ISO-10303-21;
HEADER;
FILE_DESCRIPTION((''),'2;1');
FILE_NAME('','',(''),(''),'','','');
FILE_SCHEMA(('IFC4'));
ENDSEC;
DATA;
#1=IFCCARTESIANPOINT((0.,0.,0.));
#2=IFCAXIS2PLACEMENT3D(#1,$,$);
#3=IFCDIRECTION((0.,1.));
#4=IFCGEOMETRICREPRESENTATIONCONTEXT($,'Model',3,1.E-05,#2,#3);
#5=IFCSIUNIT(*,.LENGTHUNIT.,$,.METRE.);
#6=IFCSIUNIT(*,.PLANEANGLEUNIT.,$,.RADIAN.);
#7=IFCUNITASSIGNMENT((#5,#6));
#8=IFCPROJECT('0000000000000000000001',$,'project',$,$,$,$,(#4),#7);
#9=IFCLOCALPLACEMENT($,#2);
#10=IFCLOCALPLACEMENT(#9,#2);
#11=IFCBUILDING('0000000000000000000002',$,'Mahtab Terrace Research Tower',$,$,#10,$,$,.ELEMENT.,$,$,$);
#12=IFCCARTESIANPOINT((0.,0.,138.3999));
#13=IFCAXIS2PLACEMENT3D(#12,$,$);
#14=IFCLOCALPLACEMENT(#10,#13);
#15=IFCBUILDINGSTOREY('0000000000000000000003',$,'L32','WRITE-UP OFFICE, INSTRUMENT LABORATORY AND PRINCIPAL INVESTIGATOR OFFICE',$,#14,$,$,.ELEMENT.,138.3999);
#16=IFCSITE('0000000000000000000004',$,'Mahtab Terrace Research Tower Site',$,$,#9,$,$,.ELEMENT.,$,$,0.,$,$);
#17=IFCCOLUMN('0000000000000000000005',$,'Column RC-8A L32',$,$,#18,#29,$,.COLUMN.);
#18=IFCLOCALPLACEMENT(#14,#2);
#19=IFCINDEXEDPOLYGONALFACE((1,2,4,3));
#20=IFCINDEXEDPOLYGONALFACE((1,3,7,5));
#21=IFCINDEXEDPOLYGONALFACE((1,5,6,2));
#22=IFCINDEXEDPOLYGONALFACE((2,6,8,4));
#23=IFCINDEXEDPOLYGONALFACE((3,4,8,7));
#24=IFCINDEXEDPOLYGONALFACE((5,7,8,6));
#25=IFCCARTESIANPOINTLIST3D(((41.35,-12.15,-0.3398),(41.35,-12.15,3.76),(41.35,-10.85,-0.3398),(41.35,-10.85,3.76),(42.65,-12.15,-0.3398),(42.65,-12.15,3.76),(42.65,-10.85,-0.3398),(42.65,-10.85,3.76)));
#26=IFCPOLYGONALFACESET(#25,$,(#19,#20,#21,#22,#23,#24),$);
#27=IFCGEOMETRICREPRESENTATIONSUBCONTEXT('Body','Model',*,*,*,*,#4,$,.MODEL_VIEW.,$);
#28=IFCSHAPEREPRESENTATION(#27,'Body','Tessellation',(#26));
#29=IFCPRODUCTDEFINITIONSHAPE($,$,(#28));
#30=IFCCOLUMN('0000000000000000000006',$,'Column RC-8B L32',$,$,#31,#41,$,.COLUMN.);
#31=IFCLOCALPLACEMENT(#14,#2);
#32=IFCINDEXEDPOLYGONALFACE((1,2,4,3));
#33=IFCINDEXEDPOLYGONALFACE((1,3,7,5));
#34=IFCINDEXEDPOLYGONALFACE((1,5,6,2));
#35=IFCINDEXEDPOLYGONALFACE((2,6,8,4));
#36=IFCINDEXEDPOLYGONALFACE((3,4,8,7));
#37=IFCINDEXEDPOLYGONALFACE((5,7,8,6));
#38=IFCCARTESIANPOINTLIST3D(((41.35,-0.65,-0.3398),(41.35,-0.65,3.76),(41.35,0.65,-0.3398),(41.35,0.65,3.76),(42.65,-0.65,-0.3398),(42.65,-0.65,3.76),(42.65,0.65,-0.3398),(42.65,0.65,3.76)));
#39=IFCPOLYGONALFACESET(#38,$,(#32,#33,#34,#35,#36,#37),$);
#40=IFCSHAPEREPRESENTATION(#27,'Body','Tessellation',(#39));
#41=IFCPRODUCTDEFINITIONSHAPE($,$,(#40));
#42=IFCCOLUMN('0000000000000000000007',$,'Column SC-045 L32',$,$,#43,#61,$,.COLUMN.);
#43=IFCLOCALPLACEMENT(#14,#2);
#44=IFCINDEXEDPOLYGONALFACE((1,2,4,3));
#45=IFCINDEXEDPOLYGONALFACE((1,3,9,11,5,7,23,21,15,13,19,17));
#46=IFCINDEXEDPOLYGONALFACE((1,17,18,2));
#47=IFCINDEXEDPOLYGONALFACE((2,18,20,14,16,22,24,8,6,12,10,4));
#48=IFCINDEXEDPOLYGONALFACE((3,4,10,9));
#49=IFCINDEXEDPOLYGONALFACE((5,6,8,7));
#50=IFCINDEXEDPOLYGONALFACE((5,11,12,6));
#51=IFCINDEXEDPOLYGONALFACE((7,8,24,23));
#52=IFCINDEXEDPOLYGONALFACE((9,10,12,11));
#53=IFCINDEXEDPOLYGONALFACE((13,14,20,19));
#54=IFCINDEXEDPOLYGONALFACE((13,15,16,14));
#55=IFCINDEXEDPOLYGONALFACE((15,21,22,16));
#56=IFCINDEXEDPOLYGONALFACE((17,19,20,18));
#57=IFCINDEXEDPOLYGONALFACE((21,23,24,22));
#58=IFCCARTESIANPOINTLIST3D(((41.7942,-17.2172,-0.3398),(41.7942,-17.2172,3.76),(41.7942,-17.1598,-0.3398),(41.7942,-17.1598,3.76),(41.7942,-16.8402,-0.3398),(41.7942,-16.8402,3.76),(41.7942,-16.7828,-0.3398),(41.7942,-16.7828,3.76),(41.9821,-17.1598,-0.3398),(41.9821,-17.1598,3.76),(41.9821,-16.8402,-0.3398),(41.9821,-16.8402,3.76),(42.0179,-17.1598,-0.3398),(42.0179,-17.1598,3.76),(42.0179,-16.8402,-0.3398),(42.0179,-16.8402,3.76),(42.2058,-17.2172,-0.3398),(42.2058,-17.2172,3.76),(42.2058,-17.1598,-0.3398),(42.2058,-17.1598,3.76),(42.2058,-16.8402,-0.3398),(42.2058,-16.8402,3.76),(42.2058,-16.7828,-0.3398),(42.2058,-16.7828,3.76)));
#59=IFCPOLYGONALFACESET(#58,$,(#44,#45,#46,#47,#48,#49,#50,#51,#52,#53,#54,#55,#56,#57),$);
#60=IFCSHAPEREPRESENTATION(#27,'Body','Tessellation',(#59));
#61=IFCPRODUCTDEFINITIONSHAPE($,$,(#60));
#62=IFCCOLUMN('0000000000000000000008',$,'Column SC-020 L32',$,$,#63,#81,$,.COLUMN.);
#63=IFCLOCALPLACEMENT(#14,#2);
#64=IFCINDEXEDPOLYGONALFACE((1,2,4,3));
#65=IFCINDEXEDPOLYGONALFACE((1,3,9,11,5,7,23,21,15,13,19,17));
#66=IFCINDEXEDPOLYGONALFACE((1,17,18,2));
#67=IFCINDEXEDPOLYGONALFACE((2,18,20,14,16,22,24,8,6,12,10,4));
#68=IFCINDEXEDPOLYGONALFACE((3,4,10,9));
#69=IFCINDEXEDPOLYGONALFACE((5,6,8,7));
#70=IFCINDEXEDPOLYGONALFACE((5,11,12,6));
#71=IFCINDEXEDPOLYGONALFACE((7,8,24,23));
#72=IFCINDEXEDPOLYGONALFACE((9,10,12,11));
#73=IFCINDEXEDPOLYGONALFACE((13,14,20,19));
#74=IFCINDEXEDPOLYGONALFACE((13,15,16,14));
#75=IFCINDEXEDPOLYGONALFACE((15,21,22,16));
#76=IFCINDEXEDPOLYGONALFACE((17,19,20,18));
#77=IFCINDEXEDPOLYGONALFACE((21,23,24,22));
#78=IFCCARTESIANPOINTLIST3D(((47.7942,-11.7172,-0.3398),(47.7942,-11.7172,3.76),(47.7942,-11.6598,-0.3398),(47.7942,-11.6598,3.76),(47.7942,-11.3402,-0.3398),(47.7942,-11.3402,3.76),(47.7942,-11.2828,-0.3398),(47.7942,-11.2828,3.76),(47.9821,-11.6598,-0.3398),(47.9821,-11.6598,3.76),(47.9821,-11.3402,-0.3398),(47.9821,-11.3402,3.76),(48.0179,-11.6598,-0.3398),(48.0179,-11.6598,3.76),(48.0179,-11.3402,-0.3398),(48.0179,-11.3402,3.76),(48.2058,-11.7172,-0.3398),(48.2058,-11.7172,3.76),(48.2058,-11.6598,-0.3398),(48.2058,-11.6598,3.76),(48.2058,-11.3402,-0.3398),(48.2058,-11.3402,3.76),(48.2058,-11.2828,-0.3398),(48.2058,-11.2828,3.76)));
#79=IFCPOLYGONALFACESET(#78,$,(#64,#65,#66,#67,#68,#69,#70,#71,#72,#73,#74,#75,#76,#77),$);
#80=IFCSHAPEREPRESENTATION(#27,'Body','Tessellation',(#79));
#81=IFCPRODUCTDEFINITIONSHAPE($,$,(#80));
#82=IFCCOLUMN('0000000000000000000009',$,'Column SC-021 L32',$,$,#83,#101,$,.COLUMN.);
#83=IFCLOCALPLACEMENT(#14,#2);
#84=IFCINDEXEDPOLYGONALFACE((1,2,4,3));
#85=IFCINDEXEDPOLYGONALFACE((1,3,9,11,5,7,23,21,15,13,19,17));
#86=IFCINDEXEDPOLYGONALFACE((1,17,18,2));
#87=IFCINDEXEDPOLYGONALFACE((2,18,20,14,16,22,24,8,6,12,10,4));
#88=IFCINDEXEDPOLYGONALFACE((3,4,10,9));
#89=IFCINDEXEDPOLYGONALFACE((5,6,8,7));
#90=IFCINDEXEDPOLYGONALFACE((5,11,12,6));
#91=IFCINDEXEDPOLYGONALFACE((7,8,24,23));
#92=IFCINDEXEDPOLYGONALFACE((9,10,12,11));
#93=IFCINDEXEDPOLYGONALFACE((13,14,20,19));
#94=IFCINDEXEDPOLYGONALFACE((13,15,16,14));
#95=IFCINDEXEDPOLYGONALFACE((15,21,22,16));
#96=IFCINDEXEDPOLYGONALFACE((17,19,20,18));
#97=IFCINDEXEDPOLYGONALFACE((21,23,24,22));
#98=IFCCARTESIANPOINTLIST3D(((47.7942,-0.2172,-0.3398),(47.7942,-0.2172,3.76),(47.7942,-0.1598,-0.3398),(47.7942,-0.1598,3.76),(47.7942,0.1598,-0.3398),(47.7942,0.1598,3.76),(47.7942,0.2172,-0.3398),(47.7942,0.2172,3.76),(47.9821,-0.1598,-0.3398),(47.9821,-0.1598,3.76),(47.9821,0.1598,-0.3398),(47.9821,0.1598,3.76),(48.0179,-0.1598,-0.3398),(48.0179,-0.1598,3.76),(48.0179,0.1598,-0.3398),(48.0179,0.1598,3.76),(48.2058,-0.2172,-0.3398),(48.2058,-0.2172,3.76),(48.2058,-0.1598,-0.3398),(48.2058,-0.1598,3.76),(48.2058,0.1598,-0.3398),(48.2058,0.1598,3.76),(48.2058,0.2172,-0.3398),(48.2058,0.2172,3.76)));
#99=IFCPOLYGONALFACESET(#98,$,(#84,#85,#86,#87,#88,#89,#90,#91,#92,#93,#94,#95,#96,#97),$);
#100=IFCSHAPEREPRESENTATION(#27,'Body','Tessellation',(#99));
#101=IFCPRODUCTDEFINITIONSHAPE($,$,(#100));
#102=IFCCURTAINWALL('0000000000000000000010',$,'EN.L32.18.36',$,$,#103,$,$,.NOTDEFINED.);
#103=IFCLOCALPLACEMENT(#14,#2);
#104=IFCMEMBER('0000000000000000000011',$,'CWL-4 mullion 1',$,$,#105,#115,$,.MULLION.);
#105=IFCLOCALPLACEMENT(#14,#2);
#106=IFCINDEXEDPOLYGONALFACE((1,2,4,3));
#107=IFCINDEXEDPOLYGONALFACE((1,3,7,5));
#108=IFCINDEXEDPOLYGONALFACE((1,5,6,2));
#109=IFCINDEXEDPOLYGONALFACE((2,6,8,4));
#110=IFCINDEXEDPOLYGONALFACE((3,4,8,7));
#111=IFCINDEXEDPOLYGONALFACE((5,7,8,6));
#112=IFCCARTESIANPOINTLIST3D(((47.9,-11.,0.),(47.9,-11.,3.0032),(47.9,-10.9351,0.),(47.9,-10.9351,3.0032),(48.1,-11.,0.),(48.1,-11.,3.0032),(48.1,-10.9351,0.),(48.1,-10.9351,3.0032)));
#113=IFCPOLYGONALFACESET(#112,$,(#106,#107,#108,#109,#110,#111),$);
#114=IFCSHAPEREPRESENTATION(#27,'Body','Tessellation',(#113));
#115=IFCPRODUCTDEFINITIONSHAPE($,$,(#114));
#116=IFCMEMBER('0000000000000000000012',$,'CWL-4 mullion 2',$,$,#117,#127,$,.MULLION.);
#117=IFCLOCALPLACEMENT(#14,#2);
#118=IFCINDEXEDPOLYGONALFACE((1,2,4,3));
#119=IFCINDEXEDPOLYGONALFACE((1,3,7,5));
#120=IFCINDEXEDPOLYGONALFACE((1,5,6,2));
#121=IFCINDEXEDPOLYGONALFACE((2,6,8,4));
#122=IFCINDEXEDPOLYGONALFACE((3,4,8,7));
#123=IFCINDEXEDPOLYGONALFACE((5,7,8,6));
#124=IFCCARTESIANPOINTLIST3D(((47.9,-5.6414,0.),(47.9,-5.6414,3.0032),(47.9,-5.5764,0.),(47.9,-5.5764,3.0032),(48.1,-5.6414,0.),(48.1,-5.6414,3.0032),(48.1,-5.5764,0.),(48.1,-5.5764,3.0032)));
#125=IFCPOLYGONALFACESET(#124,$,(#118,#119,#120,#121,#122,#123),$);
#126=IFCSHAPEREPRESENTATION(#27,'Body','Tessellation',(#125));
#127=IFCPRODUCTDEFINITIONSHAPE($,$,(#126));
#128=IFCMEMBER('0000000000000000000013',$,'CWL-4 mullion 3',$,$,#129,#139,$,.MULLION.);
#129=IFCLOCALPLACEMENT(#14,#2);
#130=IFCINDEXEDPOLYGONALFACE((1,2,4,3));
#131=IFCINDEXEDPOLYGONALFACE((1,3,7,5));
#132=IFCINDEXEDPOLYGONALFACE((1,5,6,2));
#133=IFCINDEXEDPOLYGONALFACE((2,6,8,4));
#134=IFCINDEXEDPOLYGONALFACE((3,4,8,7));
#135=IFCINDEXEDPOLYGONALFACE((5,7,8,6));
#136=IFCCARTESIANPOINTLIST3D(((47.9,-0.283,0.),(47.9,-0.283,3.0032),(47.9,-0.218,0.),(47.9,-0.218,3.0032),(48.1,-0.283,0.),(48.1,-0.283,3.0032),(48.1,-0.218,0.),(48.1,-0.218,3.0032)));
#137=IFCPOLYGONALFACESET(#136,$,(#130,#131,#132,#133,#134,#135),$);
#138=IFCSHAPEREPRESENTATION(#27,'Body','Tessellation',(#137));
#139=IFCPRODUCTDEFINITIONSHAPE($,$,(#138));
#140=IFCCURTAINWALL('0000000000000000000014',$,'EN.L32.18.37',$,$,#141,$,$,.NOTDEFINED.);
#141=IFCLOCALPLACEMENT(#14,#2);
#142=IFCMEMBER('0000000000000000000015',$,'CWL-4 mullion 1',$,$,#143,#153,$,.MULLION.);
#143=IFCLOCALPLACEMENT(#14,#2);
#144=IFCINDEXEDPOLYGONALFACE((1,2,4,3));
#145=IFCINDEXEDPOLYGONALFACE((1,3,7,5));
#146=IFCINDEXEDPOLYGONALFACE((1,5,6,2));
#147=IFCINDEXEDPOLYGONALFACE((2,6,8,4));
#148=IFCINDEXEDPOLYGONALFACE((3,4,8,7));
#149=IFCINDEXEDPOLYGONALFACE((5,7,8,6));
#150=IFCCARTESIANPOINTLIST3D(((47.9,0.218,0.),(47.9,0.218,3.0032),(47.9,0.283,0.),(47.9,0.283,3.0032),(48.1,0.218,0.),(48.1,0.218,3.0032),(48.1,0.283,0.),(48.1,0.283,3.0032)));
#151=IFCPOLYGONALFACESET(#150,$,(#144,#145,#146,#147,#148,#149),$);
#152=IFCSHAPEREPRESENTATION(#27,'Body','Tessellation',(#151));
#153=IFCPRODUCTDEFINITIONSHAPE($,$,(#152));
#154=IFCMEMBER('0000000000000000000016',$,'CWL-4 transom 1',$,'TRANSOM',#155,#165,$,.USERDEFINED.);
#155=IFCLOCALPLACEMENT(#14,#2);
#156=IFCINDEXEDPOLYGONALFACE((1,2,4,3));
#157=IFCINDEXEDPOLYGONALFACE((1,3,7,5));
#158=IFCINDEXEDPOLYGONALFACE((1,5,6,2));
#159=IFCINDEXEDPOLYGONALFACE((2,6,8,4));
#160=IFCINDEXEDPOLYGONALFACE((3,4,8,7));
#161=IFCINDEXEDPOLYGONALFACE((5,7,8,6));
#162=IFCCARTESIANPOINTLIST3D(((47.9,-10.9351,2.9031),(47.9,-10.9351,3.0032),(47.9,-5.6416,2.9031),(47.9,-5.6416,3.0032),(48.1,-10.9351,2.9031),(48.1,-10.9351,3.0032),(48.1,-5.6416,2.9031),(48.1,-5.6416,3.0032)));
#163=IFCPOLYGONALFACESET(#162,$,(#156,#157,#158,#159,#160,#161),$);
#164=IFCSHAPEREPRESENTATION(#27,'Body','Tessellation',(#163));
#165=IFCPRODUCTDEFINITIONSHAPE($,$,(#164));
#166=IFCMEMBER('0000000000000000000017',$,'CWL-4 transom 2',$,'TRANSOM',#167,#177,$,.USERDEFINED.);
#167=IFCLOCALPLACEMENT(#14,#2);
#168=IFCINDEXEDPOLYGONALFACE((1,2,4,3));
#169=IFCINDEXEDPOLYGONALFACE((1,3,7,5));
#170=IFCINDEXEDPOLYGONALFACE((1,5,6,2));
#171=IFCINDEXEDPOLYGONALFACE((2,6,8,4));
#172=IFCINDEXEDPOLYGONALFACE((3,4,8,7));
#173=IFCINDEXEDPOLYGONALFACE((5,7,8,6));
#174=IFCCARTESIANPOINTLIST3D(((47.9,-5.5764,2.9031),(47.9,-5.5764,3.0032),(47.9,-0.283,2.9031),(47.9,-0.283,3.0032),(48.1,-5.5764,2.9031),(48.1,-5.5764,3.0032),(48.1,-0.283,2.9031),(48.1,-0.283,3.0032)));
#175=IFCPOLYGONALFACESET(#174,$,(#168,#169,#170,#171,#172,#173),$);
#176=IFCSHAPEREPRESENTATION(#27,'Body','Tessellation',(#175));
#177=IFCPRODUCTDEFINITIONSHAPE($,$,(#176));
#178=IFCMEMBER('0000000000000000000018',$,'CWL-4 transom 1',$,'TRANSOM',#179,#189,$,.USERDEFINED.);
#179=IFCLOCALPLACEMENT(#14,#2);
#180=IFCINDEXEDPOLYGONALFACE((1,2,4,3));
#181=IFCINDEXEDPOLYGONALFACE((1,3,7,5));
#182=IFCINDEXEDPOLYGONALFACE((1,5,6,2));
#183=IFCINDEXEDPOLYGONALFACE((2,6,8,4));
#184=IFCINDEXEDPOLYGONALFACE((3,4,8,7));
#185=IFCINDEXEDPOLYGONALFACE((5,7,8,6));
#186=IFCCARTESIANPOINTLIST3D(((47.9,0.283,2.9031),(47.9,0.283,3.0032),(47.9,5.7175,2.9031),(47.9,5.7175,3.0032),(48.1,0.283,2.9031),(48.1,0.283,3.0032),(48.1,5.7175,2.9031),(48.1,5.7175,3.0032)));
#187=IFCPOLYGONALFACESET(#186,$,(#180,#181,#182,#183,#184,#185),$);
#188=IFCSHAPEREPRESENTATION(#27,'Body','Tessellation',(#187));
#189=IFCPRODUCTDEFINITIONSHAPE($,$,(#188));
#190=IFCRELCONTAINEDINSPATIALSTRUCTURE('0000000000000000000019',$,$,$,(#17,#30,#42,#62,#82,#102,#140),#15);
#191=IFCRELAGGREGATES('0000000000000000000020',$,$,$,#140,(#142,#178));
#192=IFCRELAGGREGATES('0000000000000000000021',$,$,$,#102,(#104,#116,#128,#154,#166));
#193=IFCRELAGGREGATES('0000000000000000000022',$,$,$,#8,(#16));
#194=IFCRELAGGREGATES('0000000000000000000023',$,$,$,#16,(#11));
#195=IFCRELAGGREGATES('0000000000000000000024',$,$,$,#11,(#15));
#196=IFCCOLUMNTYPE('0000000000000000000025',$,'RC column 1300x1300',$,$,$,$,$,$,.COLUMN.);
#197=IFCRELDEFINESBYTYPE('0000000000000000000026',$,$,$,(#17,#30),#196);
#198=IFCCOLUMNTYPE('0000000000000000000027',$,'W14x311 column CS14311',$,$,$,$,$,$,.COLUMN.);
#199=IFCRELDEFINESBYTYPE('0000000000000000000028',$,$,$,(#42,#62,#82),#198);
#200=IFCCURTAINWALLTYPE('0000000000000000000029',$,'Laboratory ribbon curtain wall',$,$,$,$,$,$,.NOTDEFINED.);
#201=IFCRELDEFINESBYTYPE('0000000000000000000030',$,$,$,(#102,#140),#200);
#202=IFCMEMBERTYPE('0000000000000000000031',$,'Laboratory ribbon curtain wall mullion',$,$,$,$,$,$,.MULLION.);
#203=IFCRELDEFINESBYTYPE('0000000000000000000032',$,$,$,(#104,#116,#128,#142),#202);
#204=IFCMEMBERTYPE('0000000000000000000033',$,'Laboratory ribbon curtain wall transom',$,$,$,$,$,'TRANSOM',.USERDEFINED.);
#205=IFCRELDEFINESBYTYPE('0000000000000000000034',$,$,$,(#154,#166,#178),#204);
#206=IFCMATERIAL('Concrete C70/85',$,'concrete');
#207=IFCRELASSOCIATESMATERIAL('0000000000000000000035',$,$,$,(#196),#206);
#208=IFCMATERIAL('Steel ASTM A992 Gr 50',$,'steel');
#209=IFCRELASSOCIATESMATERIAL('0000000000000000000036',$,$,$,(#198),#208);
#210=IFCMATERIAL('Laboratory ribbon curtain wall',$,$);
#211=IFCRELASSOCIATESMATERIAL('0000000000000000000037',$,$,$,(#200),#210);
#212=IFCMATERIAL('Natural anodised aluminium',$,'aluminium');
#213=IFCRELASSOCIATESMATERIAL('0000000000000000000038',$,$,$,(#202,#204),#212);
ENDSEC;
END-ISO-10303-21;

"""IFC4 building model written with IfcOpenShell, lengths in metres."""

from ifc_helpers import new_model, si_unit, direction, frame, origin, origin_2d, place, context, subcontext, project, spatial, rectangle, i_section, extrude, material, material_profile, profile_set, type_object, element, aggregate, save


model = new_model("IFC4")

# Units and contexts
model_context = context("Model", 3, precision=1e-05, world=origin(), true_north=direction((0.0, 1.0)))
body_context = subcontext(model_context, "Body", "Model", "MODEL_VIEW")
ifc_project = project(units=[si_unit("LENGTHUNIT", "METRE"), si_unit("PLANEANGLEUNIT", "RADIAN")], contexts=[model_context])

# Site, building, storey
site_placement = place(None, origin())
site = spatial("IfcSite", under=ifc_project, at=site_placement, Name="Mahtab Terrace Research Tower Site", CompositionType="ELEMENT", RefElevation=0.0)
building_placement = place(site_placement, origin())
building = spatial("IfcBuilding", under=site, at=building_placement, Name="Mahtab Terrace Research Tower", CompositionType="ELEMENT")
storey_placement = place(building_placement, frame((0.0, 0.0, 138.3999)))
storey = spatial("IfcBuildingStorey", under=building, at=storey_placement, Name="L32", Description="WRITE-UP OFFICE, INSTRUMENT LABORATORY AND PRINCIPAL INVESTIGATOR OFFICE", CompositionType="ELEMENT", Elevation=138.3999)

# Columns
ifc_material_1 = material(Name="Concrete C70/85", Category="concrete")
ifc_material_profile_1 = material_profile(ifc_material_1, rectangle(XDim=1.3, YDim=1.3, at=origin_2d()), Name="RC column 1300x1300")
ifc_profile_set_1 = profile_set([ifc_material_profile_1], Name="Concrete C70/85")
column_type_1 = type_object("IfcColumnType", Name="RC column 1300x1300", PredefinedType="COLUMN", material=ifc_profile_set_1)
for number, where, z_axis, x_axis, name in (
    (1, (42.0, -11.5, -0.3398), (0.0, 0.0, 1.0), (1.0, 0.0, 0.0), "Column RC-8A L32"),
    (2, (42.0, 0.0, -0.3398), (0.0, 0.0, 1.0), (1.0, 0.0, 0.0), "Column RC-8B L32"),
):
    element("IfcColumn", number, at=place(storey_placement, frame(where, z_axis=z_axis, x_axis=x_axis)), inside=storey, type_object=column_type_1, Name=name, PredefinedType="COLUMN", context=body_context, shape_type="SweptSolid", body=[
        extrude(rectangle(XDim=1.3, YDim=1.3, at=origin_2d()), origin(), (0.0, 0.0, 1.0), 4.0999),
    ])
ifc_material_2 = material(Name="Steel ASTM A992 Gr 50", Category="steel")
ifc_material_profile_2 = material_profile(ifc_material_2, i_section(OverallWidth=0.4116, OverallDepth=0.4343, WebThickness=0.0359, FlangeThickness=0.0574, at=origin_2d()), Name="W14X311")
ifc_profile_set_2 = profile_set([ifc_material_profile_2], Name="Steel ASTM A992 Gr 50")
column_type_2 = type_object("IfcColumnType", Name="W14x311 column CS14311", PredefinedType="COLUMN", material=ifc_profile_set_2)
for number, where, z_axis, x_axis, name in (
    (3, (42.0, -17.0, -0.3398), (0.0, 0.0, 1.0), (1.0, 0.0, 0.0), "Column SC-045 L32"),
    (4, (48.0, -11.5, -0.3398), (0.0, 0.0, 1.0), (1.0, 0.0, 0.0), "Column SC-020 L32"),
    (5, (48.0, 0.0, -0.3398), (0.0, 0.0, 1.0), (1.0, 0.0, 0.0), "Column SC-021 L32"),
):
    element("IfcColumn", number, at=place(storey_placement, frame(where, z_axis=z_axis, x_axis=x_axis)), inside=storey, type_object=column_type_2, Name=name, PredefinedType="COLUMN", context=body_context, shape_type="SweptSolid", body=[
        extrude(i_section(OverallWidth=0.4116, OverallDepth=0.4343, WebThickness=0.0359, FlangeThickness=0.0574, at=origin_2d()), origin(), (0.0, 0.0, 1.0), 4.0999),
    ])

# Curtain wall, members
ifc_material_3 = material(Name="Laboratory ribbon curtain wall")
curtain_wall_type = type_object("IfcCurtainWallType", Name="Laboratory ribbon curtain wall", PredefinedType="NOTDEFINED", material=ifc_material_3)
curtain_wall_1_placement = place(storey_placement, origin())
curtain_wall_1 = element("IfcCurtainWall", 6, at=curtain_wall_1_placement, inside=storey, type_object=curtain_wall_type, Name="EN.L32.18.36", PredefinedType="NOTDEFINED")
ifc_material_4 = material(Name="Natural anodised aluminium", Category="aluminium")
ifc_material_profile_3 = material_profile(ifc_material_4, rectangle(XDim=0.2, YDim=0.0649, at=origin_2d()), Name="MULLION 65x200")
ifc_profile_set_3 = profile_set([ifc_material_profile_3], Name="Natural anodised aluminium")
member_type_1 = type_object("IfcMemberType", Name="Laboratory ribbon curtain wall mullion", PredefinedType="MULLION", material=ifc_profile_set_3)
member_1_placement = place(storey_placement, frame((48.0, -10.9675, 0.0), z_axis=(0.0, 0.0, 1.0), x_axis=(-1.0, 0.0, 0.0)))
member_1 = element("IfcMember", 7, at=member_1_placement, type_object=member_type_1, Name="CWL-4 mullion 1", PredefinedType="MULLION", context=body_context, shape_type="SweptSolid", body=[
    extrude(rectangle(XDim=0.2, YDim=0.0649, at=origin_2d()), origin(), (0.0, 0.0, 1.0), 3.0032),
])
member_2_placement = place(storey_placement, frame((48.0, -5.6089, 0.0), z_axis=(0.0, 0.0, 1.0), x_axis=(-1.0, 0.0, 0.0)))
member_2 = element("IfcMember", 8, at=member_2_placement, type_object=member_type_1, Name="CWL-4 mullion 2", PredefinedType="MULLION", context=body_context, shape_type="SweptSolid", body=[
    extrude(rectangle(XDim=0.2, YDim=0.0649, at=origin_2d()), origin(), (0.0, 0.0, 1.0), 3.0032),
])
member_3_placement = place(storey_placement, frame((48.0, -0.2505, 0.0), z_axis=(0.0, 0.0, 1.0), x_axis=(-1.0, 0.0, 0.0)))
member_3 = element("IfcMember", 9, at=member_3_placement, type_object=member_type_1, Name="CWL-4 mullion 3", PredefinedType="MULLION", context=body_context, shape_type="SweptSolid", body=[
    extrude(rectangle(XDim=0.2, YDim=0.0649, at=origin_2d()), origin(), (0.0, 0.0, 1.0), 3.0032),
])

# Curtain wall, member
curtain_wall_2_placement = place(storey_placement, origin())
curtain_wall_2 = element("IfcCurtainWall", 10, at=curtain_wall_2_placement, inside=storey, type_object=curtain_wall_type, Name="EN.L32.18.37", PredefinedType="NOTDEFINED")
member_4_placement = place(storey_placement, frame((48.0, 0.2505, 0.0), z_axis=(0.0, 0.0, 1.0), x_axis=(-1.0, 0.0, 0.0)))
member_4 = element("IfcMember", 11, at=member_4_placement, type_object=member_type_1, Name="CWL-4 mullion 1", PredefinedType="MULLION", context=body_context, shape_type="SweptSolid", body=[
    extrude(rectangle(XDim=0.2, YDim=0.0649, at=origin_2d()), origin(), (0.0, 0.0, 1.0), 3.0032),
])

# Members
ifc_material_profile_4 = material_profile(ifc_material_4, rectangle(XDim=0.2, YDim=0.1001, at=origin_2d()), Name="TRANSOM 100x200")
ifc_profile_set_4 = profile_set([ifc_material_profile_4], Name="Natural anodised aluminium")
member_type_2 = type_object("IfcMemberType", Name="Laboratory ribbon curtain wall transom", ElementType="TRANSOM", PredefinedType="USERDEFINED", material=ifc_profile_set_4)
member_5_placement = place(storey_placement, frame((48.0, -10.9351, 2.9531), z_axis=(0.0, 1.0, 0.0), x_axis=(-1.0, 0.0, 0.0)))
member_5 = element("IfcMember", 12, at=member_5_placement, type_object=member_type_2, Name="CWL-4 transom 1", ObjectType="TRANSOM", PredefinedType="USERDEFINED", context=body_context, shape_type="SweptSolid", body=[
    extrude(rectangle(XDim=0.2, YDim=0.1001, at=origin_2d()), origin(), (0.0, 0.0, 1.0), 5.2935),
])
member_6_placement = place(storey_placement, frame((48.0, -5.5764, 2.9531), z_axis=(0.0, 1.0, 0.0), x_axis=(-1.0, 0.0, 0.0)))
member_6 = element("IfcMember", 13, at=member_6_placement, type_object=member_type_2, Name="CWL-4 transom 2", ObjectType="TRANSOM", PredefinedType="USERDEFINED", context=body_context, shape_type="SweptSolid", body=[
    extrude(rectangle(XDim=0.2, YDim=0.1001, at=origin_2d()), origin(), (0.0, 0.0, 1.0), 5.2935),
])
member_7_placement = place(storey_placement, frame((48.0, 0.283, 2.9531), z_axis=(0.0, 1.0, 0.0), x_axis=(-1.0, 0.0, 0.0)))
member_7 = element("IfcMember", 14, at=member_7_placement, type_object=member_type_2, Name="CWL-4 transom 1", ObjectType="TRANSOM", PredefinedType="USERDEFINED", context=body_context, shape_type="SweptSolid", body=[
    extrude(rectangle(XDim=0.2, YDim=0.1001, at=origin_2d()), origin(), (0.0, 0.0, 1.0), 5.4346),
])
aggregate(curtain_wall_2, [member_4, member_7])

aggregate(curtain_wall_1, [member_1, member_2, member_3, member_5, member_6])

save(model, "model.ifc")
